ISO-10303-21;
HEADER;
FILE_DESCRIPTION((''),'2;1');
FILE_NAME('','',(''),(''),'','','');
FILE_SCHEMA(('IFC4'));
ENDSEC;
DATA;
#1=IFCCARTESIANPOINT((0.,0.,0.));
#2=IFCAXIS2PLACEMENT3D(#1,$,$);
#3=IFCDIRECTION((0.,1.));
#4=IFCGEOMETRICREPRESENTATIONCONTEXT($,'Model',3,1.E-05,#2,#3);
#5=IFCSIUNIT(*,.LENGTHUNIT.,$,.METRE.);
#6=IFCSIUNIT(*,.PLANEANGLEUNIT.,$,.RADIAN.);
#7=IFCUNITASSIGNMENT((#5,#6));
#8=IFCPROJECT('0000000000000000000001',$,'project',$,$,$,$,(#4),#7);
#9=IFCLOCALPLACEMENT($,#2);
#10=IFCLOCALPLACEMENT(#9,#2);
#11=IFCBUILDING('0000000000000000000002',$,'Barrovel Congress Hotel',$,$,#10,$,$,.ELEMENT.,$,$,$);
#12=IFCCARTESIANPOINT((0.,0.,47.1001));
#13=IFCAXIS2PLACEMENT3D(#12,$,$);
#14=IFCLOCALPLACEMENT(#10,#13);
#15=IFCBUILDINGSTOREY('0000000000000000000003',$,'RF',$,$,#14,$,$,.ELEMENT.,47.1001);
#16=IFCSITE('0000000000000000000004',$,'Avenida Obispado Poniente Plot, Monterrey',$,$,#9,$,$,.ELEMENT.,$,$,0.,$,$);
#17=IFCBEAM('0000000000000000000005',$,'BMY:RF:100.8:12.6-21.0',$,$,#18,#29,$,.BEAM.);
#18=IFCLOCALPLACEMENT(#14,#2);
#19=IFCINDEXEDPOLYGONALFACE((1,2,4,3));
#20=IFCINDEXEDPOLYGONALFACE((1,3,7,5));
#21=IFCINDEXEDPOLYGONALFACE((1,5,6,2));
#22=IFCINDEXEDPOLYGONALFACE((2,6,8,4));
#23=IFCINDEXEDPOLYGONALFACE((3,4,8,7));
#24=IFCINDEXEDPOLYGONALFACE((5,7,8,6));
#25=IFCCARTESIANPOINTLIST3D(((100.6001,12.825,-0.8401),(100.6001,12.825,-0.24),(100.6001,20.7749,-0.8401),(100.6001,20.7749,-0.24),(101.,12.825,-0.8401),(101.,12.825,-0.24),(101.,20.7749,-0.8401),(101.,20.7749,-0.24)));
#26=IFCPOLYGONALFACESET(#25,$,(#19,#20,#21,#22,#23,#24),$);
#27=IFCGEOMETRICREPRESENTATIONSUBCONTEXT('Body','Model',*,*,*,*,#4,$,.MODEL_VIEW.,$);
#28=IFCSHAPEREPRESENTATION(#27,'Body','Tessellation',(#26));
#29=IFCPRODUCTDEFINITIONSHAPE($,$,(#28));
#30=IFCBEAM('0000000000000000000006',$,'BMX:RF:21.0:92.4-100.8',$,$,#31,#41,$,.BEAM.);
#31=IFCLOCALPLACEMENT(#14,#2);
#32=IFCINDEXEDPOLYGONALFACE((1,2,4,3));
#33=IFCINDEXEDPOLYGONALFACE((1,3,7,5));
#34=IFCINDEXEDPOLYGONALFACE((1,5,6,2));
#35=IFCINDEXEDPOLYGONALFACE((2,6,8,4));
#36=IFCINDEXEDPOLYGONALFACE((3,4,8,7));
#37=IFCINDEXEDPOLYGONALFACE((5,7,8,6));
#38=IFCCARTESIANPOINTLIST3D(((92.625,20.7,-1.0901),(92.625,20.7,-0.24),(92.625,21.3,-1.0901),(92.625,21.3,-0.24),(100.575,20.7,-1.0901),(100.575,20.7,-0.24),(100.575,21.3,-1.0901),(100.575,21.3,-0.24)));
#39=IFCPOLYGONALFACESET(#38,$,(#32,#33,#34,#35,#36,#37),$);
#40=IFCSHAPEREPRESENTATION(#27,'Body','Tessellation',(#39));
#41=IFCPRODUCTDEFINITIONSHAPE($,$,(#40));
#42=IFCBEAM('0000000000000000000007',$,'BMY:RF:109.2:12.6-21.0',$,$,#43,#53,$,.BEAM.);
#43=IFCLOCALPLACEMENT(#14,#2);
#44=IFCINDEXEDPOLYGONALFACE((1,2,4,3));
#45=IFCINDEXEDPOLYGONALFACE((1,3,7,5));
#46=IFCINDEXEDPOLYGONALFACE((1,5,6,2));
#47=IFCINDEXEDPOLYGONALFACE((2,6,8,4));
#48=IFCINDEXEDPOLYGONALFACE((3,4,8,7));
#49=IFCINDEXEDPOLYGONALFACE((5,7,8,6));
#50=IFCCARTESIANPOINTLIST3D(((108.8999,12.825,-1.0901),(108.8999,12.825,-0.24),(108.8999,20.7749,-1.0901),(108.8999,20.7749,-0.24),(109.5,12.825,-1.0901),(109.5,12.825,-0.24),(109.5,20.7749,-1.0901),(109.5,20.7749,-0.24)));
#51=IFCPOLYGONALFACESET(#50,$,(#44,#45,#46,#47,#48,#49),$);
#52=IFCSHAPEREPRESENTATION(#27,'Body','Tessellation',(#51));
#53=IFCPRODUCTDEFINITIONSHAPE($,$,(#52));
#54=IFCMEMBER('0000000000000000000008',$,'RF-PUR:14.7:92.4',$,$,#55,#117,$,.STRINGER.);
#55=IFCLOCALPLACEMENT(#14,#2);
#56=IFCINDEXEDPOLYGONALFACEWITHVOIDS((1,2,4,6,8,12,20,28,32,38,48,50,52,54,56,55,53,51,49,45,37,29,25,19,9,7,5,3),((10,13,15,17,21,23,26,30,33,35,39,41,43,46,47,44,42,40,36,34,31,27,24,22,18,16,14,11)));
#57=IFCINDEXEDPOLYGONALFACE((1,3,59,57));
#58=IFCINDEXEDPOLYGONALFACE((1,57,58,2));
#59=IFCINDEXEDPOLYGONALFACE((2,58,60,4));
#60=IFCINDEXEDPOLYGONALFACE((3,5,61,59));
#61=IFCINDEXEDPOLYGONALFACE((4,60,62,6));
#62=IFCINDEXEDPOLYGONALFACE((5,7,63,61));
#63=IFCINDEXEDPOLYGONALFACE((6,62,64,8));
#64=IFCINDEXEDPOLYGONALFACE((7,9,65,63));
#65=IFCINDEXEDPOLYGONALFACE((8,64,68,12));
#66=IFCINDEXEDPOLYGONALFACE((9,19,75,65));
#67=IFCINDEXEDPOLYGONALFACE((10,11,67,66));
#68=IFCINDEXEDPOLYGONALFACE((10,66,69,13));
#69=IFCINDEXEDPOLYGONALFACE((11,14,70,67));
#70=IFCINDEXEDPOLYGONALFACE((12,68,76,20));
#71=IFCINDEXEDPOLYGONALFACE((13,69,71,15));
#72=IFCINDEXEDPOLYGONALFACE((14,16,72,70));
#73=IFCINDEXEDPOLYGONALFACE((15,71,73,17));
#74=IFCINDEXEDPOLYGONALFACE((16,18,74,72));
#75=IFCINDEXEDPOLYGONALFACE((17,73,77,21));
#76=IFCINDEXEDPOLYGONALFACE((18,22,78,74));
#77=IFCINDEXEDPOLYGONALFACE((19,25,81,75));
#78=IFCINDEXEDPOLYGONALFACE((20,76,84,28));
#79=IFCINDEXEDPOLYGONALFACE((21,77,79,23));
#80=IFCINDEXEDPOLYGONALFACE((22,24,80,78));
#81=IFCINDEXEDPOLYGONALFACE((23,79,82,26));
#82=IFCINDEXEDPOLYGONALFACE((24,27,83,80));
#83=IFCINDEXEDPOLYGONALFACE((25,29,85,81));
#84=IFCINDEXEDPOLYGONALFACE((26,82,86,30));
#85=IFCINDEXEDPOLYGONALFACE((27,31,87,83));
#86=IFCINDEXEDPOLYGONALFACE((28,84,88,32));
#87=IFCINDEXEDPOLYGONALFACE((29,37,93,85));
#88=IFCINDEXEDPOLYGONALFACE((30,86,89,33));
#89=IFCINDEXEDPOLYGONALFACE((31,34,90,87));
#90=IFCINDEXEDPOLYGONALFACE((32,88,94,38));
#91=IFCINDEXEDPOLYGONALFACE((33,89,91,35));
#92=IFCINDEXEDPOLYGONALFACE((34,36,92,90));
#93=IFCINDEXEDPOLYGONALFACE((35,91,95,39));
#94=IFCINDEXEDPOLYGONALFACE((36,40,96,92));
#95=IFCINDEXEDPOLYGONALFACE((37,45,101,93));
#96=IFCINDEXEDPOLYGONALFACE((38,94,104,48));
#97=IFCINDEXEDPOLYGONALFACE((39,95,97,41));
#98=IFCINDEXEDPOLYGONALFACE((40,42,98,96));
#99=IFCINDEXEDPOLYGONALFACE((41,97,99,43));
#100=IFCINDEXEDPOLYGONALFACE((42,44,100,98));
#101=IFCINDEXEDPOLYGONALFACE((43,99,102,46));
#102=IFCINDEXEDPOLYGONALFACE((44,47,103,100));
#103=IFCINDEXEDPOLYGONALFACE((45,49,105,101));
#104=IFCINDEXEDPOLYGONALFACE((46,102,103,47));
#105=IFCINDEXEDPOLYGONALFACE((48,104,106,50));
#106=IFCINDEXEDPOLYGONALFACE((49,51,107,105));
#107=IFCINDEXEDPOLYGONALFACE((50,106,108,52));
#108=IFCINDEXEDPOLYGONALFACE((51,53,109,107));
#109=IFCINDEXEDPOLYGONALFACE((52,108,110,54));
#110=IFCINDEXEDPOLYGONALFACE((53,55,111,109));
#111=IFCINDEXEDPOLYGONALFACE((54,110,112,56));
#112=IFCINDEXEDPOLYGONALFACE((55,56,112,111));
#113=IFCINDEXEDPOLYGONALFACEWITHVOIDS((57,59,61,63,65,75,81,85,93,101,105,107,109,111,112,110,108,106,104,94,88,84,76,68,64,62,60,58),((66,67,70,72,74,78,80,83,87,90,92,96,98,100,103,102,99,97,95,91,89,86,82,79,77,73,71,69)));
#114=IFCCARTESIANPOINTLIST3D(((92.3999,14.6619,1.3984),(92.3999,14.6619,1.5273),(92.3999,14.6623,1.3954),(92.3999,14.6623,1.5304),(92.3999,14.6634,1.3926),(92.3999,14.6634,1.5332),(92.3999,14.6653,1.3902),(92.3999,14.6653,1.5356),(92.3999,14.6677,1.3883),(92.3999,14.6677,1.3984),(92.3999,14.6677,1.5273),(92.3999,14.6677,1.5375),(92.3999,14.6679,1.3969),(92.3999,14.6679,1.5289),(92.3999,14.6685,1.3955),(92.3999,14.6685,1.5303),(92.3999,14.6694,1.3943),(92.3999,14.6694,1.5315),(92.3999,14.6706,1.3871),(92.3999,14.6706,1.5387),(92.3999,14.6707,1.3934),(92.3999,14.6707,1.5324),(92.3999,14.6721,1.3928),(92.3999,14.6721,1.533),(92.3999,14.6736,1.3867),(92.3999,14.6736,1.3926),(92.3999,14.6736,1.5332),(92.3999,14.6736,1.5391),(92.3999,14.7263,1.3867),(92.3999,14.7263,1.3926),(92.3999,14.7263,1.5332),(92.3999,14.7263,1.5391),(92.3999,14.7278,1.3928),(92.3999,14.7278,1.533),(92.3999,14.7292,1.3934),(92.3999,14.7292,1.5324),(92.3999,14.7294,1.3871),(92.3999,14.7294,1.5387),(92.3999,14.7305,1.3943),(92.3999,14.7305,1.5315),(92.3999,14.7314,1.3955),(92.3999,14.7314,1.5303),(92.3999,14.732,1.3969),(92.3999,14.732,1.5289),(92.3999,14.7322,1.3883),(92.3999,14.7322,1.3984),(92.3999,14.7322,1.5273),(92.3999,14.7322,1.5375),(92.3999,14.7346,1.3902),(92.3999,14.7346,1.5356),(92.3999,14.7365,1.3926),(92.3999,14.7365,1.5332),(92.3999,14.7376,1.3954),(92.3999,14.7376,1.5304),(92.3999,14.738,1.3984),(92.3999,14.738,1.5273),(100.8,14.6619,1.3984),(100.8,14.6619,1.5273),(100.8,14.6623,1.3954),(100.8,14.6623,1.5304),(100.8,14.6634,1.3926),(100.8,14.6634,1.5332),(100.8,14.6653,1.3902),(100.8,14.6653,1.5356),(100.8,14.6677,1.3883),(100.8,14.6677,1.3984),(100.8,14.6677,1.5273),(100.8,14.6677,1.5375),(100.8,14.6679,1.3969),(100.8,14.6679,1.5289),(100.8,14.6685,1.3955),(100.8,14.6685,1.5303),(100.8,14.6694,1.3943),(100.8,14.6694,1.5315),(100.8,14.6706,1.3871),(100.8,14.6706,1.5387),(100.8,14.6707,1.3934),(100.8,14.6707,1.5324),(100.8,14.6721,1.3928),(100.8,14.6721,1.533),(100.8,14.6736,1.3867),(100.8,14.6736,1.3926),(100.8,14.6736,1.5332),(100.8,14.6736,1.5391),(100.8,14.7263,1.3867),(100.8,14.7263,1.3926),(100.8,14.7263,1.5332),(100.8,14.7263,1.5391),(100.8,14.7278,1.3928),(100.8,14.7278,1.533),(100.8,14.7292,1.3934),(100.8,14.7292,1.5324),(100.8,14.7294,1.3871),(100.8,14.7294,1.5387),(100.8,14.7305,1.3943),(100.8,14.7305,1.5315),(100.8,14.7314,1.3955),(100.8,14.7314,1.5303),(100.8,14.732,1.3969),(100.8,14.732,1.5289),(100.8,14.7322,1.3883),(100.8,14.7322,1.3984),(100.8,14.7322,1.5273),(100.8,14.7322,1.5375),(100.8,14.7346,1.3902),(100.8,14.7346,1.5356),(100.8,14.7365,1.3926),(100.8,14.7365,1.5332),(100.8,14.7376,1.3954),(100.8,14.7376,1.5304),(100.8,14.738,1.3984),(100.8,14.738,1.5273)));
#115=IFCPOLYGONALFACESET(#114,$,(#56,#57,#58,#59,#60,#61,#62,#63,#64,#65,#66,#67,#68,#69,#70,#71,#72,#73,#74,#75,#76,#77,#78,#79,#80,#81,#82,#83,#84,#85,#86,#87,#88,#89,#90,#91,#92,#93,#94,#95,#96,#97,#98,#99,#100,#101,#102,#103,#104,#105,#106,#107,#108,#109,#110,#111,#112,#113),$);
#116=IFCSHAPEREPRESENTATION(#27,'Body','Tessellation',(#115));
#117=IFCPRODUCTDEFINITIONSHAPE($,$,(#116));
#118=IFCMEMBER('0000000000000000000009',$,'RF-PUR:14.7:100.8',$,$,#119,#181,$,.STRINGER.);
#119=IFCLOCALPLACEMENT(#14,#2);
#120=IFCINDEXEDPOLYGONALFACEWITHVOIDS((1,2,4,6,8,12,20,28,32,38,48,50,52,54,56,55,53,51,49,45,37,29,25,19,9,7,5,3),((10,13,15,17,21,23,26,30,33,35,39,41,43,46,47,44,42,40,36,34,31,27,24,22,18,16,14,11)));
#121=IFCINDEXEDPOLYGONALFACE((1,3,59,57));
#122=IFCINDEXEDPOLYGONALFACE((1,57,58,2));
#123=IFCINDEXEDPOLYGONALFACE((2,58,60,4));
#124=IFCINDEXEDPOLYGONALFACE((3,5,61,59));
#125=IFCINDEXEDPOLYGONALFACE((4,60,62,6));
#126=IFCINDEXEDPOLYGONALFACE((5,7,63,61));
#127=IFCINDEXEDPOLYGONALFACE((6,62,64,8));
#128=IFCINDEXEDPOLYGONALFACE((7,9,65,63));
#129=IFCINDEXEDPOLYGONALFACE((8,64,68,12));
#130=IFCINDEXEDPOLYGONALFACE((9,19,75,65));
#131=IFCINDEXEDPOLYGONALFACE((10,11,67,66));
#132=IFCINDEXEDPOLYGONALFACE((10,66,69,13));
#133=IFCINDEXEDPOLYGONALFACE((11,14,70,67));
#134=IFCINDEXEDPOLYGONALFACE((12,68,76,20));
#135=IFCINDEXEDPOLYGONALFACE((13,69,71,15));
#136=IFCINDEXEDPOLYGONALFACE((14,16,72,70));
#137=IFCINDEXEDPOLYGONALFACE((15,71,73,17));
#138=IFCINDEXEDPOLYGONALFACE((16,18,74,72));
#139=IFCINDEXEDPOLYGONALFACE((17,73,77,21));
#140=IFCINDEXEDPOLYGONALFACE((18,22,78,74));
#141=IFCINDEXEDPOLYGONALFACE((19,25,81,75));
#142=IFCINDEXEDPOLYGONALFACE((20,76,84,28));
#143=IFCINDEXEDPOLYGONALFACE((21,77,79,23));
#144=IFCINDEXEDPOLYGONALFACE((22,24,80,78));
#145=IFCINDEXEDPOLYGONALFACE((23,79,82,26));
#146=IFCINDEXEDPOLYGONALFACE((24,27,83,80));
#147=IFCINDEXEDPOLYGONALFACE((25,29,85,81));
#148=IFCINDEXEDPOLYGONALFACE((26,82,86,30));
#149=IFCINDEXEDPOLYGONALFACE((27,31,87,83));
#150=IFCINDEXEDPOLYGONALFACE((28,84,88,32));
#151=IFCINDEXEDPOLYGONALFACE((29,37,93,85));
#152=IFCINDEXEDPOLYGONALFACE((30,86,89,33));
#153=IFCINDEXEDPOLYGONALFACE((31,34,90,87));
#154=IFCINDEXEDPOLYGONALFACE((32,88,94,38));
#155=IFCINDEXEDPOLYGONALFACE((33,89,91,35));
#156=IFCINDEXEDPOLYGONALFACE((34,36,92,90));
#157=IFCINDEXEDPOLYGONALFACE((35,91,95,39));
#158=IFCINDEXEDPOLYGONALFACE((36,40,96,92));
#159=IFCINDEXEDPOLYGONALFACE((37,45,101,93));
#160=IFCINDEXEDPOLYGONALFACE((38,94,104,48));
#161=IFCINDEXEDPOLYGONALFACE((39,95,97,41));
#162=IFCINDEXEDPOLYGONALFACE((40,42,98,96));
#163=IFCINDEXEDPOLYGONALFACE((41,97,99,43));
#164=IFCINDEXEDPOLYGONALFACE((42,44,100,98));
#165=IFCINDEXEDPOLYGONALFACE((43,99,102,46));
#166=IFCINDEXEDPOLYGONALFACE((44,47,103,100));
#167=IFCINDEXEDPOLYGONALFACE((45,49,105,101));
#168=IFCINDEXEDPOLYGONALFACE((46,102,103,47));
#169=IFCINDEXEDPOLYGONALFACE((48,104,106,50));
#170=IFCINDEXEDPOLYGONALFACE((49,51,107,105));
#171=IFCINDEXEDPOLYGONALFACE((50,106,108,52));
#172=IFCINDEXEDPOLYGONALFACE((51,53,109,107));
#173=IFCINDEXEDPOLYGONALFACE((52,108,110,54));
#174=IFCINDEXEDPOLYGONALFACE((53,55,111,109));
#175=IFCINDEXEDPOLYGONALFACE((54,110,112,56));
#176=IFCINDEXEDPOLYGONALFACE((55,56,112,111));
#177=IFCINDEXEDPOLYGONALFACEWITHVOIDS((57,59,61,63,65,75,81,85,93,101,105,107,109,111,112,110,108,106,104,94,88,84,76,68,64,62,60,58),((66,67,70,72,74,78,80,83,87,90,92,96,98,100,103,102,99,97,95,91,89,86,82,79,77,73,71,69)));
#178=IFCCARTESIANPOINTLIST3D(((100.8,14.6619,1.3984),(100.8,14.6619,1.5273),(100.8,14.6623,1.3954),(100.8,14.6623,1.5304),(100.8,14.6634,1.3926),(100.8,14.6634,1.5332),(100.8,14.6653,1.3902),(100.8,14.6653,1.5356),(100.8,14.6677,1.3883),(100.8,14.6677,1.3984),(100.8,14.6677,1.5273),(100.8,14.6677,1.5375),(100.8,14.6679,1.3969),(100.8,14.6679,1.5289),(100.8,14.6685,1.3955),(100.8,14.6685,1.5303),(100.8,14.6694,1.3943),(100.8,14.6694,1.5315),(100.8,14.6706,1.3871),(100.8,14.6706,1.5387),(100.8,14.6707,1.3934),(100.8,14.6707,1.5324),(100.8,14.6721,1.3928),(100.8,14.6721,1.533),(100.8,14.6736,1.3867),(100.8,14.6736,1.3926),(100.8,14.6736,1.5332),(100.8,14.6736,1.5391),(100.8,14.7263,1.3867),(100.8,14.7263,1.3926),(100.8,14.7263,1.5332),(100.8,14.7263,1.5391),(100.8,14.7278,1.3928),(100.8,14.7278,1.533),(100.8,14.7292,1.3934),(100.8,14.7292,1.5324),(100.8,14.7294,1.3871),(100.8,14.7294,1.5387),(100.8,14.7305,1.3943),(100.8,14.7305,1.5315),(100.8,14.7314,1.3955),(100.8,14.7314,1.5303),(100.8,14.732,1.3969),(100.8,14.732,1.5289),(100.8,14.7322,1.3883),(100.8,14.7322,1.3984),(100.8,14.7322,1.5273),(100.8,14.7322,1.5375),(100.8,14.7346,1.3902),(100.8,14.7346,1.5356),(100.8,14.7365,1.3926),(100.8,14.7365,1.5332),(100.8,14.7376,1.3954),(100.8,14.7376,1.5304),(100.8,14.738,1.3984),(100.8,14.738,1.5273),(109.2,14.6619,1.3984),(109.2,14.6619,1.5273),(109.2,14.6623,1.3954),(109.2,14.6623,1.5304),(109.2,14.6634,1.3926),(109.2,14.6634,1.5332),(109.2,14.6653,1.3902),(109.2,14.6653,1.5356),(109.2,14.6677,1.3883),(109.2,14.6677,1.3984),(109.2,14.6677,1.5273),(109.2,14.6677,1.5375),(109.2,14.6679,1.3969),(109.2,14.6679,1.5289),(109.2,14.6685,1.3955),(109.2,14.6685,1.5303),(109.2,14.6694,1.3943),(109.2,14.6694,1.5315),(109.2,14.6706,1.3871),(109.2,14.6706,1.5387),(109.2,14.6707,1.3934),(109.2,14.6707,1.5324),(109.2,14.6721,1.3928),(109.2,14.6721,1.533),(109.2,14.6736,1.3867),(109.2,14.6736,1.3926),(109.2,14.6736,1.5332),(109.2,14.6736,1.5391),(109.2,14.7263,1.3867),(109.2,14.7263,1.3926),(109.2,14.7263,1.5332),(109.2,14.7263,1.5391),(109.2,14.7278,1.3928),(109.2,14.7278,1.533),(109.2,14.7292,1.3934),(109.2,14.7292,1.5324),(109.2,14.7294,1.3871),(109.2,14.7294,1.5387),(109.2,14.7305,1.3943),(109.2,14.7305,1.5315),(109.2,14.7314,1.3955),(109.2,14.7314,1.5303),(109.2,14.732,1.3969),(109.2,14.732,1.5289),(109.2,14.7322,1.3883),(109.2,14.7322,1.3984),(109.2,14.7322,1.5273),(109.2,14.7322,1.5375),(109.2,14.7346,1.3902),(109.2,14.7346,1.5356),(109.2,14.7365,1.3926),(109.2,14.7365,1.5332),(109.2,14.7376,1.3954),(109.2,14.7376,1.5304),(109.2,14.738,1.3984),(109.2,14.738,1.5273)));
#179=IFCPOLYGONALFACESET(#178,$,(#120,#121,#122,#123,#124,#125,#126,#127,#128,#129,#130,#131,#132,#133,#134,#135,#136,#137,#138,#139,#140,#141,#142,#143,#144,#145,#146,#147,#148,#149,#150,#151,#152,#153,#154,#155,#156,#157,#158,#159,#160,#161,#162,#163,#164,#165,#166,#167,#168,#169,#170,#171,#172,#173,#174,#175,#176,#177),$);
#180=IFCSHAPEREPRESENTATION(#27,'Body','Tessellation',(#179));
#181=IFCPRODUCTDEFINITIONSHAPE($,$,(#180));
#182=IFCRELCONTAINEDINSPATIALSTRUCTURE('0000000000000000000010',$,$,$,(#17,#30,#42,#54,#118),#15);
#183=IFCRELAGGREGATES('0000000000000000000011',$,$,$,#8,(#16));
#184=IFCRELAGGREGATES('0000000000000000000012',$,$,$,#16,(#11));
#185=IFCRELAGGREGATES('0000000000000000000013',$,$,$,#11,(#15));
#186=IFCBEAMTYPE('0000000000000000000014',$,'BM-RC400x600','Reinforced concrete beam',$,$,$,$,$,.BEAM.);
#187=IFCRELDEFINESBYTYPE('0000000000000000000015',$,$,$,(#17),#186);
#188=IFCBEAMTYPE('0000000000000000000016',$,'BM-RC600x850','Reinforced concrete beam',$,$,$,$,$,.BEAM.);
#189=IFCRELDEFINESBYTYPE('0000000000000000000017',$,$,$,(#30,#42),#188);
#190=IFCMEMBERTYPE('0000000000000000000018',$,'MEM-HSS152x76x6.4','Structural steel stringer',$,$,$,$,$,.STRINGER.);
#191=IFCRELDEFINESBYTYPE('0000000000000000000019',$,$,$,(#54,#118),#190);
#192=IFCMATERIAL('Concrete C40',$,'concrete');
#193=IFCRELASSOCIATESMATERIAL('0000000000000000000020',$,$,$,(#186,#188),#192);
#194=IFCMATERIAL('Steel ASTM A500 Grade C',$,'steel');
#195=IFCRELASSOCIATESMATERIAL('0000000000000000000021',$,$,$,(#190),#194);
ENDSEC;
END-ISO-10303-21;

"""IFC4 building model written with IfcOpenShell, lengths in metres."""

from ifc_helpers import new_model, si_unit, direction, frame, origin, origin_2d, place, context, subcontext, project, spatial, rectangle, hollow_rectangle, extrude, material, material_profile, profile_set, type_object, element, save


model = new_model("IFC4")

# Units and contexts
model_context = context("Model", 3, precision=1e-05, world=origin(), true_north=direction((0.0, 1.0)))
body_context = subcontext(model_context, "Body", "Model", "MODEL_VIEW")
ifc_project = project(units=[si_unit("LENGTHUNIT", "METRE"), si_unit("PLANEANGLEUNIT", "RADIAN")], contexts=[model_context])

# Site, building, storey
site_placement = place(None, origin())
site = spatial("IfcSite", under=ifc_project, at=site_placement, Name="Avenida Obispado Poniente Plot, Monterrey", CompositionType="ELEMENT", RefElevation=0.0)
building_placement = place(site_placement, origin())
building = spatial("IfcBuilding", under=site, at=building_placement, Name="Barrovel Congress Hotel", CompositionType="ELEMENT")
storey_placement = place(building_placement, frame((0.0, 0.0, 47.1001)))
storey = spatial("IfcBuildingStorey", under=building, at=storey_placement, Name="RF", CompositionType="ELEMENT", Elevation=47.1001)

# Beams
ifc_material_1 = material(Name="Concrete C40", Category="concrete")
ifc_material_profile_1 = material_profile(ifc_material_1, rectangle(XDim=0.3999, YDim=0.6001, at=origin_2d()), Name="RC400x600")
ifc_profile_set_1 = profile_set([ifc_material_profile_1], Name="Concrete C40")
beam_type_1 = type_object("IfcBeamType", Name="BM-RC400x600", Description="Reinforced concrete beam", PredefinedType="BEAM", material=ifc_profile_set_1)
beam_1_placement = place(storey_placement, frame((100.8, 12.825, -0.54), z_axis=(0.0, 1.0, 0.0), x_axis=(-1.0, 0.0, 0.0)))
element("IfcBeam", 1, at=beam_1_placement, inside=storey, type_object=beam_type_1, Name="BMY:RF:100.8:12.6-21.0", PredefinedType="BEAM", context=body_context, shape_type="SweptSolid", body=[
    extrude(rectangle(XDim=0.3999, YDim=0.6001, at=origin_2d()), origin(), (0.0, 0.0, 1.0), 7.95),
])
ifc_material_profile_2 = material_profile(ifc_material_1, rectangle(XDim=0.6001, YDim=0.8501, at=origin_2d()), Name="RC600x850")
ifc_profile_set_2 = profile_set([ifc_material_profile_2], Name="Concrete C40")
beam_type_2 = type_object("IfcBeamType", Name="BM-RC600x850", Description="Reinforced concrete beam", PredefinedType="BEAM", material=ifc_profile_set_2)
for number, where, z_axis, x_axis, name in (
    (2, (92.625, 21.0, -0.665), (1.0, 0.0, 0.0), (0.0, 1.0, 0.0), "BMX:RF:21.0:92.4-100.8"),
    (3, (109.2, 12.825, -0.665), (0.0, 1.0, 0.0), (-1.0, 0.0, 0.0), "BMY:RF:109.2:12.6-21.0"),
):
    element("IfcBeam", number, at=place(storey_placement, frame(where, z_axis=z_axis, x_axis=x_axis)), inside=storey, type_object=beam_type_2, Name=name, PredefinedType="BEAM", context=body_context, shape_type="SweptSolid", body=[
        extrude(rectangle(XDim=0.6001, YDim=0.8501, at=origin_2d()), origin(), (0.0, 0.0, 1.0), 7.95),
    ])

# Members
ifc_material_2 = material(Name="Steel ASTM A500 Grade C", Category="steel")
ifc_material_profile_3 = material_profile(ifc_material_2, hollow_rectangle(XDim=0.0762, YDim=0.1523, WallThickness=0.0059, InnerFilletRadius=0.0059, OuterFilletRadius=0.0117, at=origin_2d()), Name="HSS152x76x6.4")
ifc_profile_set_3 = profile_set([ifc_material_profile_3], Name="Steel ASTM A500 Grade C")
member_type_1 = type_object("IfcMemberType", Name="MEM-HSS152x76x6.4", Description="Structural steel stringer", PredefinedType="STRINGER", material=ifc_profile_set_3)
member_1_placement = place(storey_placement, frame((92.3999, 14.7, 1.4629), z_axis=(1.0, 0.0, 0.0), x_axis=(0.0, 1.0, 0.0)))
element("IfcMember", 4, at=member_1_placement, inside=storey, type_object=member_type_1, Name="RF-PUR:14.7:92.4", PredefinedType="STRINGER", context=body_context, shape_type="SweptSolid", body=[
    extrude(hollow_rectangle(XDim=0.0762, YDim=0.1523, WallThickness=0.0059, InnerFilletRadius=0.0059, OuterFilletRadius=0.0117, at=origin_2d()), origin(), (0.0, 0.0, 1.0), 8.4001),
])
member_2_placement = place(storey_placement, frame((100.8, 14.7, 1.4629), z_axis=(1.0, 0.0, 0.0), x_axis=(0.0, 1.0, 0.0)))
element("IfcMember", 5, at=member_2_placement, inside=storey, type_object=member_type_1, Name="RF-PUR:14.7:100.8", PredefinedType="STRINGER", context=body_context, shape_type="SweptSolid", body=[
    extrude(hollow_rectangle(XDim=0.0762, YDim=0.1523, WallThickness=0.0059, InnerFilletRadius=0.0059, OuterFilletRadius=0.0117, at=origin_2d()), origin(), (0.0, 0.0, 1.0), 8.3999),
])

save(model, "model.ifc")
